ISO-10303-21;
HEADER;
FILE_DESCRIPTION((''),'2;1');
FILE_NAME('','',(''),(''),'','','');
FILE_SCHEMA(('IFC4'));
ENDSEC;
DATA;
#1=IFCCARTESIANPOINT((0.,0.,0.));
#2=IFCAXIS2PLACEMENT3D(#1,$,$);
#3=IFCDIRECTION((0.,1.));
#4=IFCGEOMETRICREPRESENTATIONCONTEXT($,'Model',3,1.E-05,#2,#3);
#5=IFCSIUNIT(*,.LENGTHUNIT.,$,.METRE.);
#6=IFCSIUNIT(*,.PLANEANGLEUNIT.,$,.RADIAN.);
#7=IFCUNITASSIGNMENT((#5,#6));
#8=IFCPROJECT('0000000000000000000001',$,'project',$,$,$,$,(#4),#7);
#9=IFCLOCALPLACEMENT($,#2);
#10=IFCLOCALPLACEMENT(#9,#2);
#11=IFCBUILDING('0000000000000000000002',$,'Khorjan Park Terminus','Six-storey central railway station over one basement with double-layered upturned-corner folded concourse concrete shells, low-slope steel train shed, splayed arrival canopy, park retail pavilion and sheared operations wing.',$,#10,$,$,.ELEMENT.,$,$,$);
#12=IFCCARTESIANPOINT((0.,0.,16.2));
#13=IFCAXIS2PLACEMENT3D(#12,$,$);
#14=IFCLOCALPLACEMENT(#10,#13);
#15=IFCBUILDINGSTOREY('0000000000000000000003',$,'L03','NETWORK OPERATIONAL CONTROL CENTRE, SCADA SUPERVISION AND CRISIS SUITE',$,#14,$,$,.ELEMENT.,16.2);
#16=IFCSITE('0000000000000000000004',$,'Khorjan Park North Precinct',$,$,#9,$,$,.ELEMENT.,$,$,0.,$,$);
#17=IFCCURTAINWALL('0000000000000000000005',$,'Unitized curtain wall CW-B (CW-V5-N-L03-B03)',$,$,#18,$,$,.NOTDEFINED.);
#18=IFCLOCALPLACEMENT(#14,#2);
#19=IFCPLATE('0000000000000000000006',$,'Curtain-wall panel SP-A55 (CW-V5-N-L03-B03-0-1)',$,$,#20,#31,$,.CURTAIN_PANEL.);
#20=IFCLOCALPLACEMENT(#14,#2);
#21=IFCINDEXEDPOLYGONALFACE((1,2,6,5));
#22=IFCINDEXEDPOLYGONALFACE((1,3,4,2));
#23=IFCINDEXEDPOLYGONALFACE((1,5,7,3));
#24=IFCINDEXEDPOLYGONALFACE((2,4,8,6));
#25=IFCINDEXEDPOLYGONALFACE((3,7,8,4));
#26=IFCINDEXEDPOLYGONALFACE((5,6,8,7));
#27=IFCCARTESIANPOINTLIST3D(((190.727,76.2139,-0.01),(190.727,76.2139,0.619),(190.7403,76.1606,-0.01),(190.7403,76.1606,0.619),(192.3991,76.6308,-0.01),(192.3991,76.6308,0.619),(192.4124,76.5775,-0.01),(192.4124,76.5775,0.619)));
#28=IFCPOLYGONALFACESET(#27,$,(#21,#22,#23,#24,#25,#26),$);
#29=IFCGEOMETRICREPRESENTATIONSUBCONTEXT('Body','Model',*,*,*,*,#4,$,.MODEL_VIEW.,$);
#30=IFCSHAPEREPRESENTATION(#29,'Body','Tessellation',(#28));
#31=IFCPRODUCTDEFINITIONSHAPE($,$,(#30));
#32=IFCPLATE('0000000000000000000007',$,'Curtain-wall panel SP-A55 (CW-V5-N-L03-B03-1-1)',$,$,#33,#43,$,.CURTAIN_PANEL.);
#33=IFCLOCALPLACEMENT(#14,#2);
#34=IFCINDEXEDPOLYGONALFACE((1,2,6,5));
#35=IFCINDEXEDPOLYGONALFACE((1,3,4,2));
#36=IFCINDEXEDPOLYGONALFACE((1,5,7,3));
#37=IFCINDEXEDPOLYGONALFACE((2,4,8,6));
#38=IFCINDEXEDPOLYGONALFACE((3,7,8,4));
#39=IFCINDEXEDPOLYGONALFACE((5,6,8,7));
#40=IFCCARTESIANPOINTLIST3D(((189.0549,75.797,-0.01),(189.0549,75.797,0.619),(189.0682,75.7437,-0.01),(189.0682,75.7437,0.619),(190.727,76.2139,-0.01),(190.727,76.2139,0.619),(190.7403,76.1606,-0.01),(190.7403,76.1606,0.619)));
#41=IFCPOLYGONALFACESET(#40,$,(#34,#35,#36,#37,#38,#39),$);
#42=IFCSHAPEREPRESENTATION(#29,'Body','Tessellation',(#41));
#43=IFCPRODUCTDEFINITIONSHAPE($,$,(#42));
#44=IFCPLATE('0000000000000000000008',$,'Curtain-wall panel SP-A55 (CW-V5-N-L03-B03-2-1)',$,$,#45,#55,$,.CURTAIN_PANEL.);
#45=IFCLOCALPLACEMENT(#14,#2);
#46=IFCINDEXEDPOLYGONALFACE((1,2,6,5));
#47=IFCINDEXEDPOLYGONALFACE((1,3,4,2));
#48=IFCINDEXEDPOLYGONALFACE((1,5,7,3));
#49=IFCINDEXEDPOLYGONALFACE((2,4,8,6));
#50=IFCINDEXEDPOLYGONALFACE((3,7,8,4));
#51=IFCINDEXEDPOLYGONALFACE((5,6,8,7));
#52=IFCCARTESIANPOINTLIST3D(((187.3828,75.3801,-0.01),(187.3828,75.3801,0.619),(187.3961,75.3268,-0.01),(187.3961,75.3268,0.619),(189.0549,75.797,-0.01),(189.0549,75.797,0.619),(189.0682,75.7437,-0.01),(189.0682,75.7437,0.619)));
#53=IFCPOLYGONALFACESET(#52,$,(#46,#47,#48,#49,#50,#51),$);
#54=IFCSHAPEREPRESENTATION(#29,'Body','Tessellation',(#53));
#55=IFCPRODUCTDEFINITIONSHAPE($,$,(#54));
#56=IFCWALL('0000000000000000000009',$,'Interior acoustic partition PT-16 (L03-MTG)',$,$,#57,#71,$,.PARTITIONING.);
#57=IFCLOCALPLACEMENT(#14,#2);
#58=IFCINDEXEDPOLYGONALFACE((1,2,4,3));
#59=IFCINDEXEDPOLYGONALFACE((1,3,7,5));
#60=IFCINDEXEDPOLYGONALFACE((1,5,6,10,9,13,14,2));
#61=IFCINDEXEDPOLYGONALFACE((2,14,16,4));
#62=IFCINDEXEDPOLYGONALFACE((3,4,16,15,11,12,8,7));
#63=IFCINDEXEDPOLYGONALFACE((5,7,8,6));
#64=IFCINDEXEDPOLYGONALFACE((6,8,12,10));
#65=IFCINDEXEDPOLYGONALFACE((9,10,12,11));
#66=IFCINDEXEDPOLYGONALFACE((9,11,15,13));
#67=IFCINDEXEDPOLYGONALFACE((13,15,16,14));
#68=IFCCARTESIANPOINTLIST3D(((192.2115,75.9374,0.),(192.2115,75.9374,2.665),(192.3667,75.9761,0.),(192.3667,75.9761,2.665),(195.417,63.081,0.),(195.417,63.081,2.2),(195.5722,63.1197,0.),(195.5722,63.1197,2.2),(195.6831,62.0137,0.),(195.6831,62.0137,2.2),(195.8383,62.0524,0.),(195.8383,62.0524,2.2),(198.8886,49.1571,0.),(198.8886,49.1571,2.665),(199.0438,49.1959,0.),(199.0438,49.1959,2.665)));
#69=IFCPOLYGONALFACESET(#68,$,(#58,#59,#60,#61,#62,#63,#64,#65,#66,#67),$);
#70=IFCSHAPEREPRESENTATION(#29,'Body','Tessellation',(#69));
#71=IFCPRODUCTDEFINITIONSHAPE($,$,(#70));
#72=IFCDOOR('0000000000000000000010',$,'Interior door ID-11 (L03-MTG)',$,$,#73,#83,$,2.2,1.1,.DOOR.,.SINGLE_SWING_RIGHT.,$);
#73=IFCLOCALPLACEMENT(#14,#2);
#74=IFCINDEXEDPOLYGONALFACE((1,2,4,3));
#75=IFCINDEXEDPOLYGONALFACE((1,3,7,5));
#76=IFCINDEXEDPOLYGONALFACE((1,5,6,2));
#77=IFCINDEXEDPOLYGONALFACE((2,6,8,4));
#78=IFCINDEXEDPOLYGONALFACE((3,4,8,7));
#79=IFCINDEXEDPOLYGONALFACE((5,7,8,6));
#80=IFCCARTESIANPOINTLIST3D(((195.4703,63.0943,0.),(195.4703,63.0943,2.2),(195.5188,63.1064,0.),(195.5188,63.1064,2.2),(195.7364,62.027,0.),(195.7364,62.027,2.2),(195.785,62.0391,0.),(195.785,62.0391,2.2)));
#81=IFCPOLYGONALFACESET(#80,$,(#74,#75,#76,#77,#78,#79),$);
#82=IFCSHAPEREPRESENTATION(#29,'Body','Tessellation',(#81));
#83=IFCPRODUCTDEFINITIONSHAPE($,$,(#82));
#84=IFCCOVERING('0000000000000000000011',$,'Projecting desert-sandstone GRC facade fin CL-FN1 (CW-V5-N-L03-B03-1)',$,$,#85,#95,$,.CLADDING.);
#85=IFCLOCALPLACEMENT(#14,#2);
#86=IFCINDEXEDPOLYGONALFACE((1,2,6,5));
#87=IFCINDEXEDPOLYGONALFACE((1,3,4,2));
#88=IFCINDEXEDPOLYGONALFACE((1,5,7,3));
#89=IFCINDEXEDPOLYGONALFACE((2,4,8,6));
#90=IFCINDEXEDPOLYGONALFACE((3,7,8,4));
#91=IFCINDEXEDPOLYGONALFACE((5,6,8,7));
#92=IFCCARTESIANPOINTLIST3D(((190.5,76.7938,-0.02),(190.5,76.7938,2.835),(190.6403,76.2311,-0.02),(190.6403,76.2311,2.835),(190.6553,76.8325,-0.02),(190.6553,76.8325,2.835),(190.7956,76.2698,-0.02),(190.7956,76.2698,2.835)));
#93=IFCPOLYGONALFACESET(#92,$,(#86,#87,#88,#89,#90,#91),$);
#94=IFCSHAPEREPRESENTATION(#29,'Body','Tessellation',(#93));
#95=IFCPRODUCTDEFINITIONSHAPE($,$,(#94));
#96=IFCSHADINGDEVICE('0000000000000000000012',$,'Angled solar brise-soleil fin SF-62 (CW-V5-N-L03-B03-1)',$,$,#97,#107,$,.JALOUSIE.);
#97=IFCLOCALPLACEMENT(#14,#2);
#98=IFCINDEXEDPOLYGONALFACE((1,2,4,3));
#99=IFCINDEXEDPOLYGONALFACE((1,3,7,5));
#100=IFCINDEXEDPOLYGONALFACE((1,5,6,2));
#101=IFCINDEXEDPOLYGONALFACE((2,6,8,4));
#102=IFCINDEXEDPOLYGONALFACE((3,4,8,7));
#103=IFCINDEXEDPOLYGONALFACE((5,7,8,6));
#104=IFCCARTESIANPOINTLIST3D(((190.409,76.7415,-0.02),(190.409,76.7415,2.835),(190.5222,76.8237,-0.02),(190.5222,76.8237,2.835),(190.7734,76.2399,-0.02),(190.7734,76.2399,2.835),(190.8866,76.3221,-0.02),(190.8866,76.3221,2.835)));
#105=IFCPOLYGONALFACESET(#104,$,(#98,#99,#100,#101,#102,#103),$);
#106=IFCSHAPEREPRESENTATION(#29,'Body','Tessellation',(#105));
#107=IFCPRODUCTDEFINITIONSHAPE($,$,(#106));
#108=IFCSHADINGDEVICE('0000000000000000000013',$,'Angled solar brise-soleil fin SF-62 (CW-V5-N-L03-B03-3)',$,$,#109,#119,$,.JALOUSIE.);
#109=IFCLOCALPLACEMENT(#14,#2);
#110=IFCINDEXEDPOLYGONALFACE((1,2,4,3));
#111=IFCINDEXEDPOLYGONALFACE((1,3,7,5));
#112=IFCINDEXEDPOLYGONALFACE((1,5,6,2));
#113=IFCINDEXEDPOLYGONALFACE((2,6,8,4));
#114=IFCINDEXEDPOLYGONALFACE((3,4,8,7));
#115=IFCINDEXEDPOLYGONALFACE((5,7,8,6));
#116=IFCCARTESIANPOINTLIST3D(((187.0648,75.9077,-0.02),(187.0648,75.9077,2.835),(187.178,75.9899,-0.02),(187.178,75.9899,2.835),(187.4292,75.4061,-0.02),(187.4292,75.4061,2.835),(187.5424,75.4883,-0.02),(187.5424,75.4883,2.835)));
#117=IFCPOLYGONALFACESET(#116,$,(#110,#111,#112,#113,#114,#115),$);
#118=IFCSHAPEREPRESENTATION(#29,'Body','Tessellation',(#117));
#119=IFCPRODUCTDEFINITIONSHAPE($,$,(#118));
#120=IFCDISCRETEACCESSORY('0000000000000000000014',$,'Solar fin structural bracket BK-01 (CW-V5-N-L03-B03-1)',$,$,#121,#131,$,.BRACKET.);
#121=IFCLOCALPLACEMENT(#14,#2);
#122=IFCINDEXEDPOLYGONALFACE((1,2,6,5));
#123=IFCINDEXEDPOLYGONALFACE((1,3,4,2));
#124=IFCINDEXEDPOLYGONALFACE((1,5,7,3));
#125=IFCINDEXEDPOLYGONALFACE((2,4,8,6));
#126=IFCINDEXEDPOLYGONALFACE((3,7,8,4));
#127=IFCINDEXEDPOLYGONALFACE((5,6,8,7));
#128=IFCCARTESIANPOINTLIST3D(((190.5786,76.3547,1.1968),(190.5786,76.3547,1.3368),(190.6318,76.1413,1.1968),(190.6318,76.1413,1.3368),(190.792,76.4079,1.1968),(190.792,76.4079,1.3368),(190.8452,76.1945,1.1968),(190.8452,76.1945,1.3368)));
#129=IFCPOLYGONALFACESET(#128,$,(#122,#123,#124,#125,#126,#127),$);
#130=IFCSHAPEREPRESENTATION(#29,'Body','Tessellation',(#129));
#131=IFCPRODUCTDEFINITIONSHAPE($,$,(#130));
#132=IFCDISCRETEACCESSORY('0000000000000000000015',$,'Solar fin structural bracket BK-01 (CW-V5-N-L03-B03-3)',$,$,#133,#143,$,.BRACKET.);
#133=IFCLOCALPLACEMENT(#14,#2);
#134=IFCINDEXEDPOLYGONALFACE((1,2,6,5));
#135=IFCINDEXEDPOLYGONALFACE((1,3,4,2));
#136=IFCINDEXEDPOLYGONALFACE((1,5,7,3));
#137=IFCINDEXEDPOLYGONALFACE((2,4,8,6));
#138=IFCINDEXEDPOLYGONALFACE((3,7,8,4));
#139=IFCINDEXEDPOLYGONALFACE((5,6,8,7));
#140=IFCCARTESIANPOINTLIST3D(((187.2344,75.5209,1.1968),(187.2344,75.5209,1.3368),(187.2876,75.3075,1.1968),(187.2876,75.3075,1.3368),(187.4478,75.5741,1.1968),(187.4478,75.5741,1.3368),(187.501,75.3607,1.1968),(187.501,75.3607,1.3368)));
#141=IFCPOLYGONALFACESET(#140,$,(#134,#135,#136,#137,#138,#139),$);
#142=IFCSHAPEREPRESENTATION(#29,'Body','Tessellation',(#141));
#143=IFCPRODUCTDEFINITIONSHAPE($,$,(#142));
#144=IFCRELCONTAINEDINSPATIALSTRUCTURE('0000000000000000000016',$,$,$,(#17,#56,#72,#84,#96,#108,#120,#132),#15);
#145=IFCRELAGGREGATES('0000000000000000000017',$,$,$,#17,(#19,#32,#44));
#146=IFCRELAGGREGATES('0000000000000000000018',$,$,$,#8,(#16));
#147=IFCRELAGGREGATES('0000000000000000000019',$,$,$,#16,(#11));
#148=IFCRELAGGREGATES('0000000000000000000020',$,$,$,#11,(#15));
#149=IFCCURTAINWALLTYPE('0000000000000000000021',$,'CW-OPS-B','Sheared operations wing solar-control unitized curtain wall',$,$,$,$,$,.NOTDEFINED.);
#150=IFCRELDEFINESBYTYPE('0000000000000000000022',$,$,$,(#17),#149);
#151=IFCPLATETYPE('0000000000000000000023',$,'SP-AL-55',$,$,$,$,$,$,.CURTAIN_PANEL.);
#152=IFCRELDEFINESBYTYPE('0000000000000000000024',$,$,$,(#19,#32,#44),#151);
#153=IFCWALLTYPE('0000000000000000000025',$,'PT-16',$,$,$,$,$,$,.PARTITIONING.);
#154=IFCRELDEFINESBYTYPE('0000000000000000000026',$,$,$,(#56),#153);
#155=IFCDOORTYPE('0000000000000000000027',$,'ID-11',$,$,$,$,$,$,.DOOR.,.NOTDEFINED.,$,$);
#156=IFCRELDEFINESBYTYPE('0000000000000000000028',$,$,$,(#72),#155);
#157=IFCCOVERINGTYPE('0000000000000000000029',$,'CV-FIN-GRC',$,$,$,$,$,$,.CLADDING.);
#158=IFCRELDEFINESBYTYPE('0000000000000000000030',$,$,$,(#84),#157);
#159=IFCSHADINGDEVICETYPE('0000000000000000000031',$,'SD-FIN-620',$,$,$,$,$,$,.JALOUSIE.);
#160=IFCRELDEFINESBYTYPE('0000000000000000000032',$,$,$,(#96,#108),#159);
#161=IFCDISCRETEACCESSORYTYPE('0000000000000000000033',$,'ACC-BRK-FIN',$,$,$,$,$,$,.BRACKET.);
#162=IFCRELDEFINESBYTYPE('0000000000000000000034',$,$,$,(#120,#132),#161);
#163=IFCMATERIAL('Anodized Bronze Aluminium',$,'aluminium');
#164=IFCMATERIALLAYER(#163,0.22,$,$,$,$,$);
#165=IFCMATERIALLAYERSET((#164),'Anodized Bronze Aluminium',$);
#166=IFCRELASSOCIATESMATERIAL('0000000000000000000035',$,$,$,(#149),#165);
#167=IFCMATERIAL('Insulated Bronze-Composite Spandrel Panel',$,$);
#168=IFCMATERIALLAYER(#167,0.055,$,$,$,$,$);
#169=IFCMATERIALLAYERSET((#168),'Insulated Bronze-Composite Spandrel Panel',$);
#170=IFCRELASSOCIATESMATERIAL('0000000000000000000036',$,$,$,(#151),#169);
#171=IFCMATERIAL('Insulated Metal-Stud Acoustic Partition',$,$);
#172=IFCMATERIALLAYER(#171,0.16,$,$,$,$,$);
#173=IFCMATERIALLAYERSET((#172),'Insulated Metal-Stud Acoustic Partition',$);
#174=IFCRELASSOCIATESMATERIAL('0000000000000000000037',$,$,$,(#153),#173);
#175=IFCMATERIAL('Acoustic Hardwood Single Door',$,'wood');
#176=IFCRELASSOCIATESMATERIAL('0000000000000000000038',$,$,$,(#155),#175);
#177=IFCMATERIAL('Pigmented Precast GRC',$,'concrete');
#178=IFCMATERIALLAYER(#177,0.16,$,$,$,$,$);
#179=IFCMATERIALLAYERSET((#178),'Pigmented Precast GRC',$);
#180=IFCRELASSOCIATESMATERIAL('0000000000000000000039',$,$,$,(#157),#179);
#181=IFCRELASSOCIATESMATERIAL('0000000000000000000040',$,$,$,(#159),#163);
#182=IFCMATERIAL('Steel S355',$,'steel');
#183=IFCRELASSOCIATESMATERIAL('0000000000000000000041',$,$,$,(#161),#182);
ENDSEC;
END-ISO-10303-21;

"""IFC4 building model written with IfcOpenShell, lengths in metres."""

from ifc_helpers import new_model, si_unit, direction, frame, frame_2d, origin, origin_2d, place, context, subcontext, project, spatial, rectangle, extrude, material, layer, layer_set, type_object, element, fill, aggregate, save


model = new_model("IFC4")

# Units and contexts
model_context = context("Model", 3, precision=1e-05, world=origin(), true_north=direction((0.0, 1.0)))
body_context = subcontext(model_context, "Body", "Model", "MODEL_VIEW")
ifc_project = project(units=[si_unit("LENGTHUNIT", "METRE"), si_unit("PLANEANGLEUNIT", "RADIAN")], contexts=[model_context])

# Site, building, storey
site_placement = place(None, origin())
site = spatial("IfcSite", under=ifc_project, at=site_placement, Name="Khorjan Park North Precinct", CompositionType="ELEMENT", RefElevation=0.0)
building_placement = place(site_placement, origin())
building = spatial("IfcBuilding", under=site, at=building_placement, Name="Khorjan Park Terminus", Description="Six-storey central railway station over one basement with double-layered upturned-corner folded concourse concrete shells, low-slope steel train shed, splayed arrival canopy, park retail pavilion and sheared operations wing.", CompositionType="ELEMENT")
storey_placement = place(building_placement, frame((0.0, 0.0, 16.2)))
storey = spatial("IfcBuildingStorey", under=building, at=storey_placement, Name="L03", Description="NETWORK OPERATIONAL CONTROL CENTRE, SCADA SUPERVISION AND CRISIS SUITE", CompositionType="ELEMENT", Elevation=16.2)

# Curtain wall, plates
ifc_material_1 = material(Name="Anodized Bronze Aluminium", Category="aluminium")
ifc_layer_1 = layer(ifc_material_1, 0.22)
ifc_layer_set_1 = layer_set([ifc_layer_1], Name="Anodized Bronze Aluminium")
curtain_wall_type = type_object("IfcCurtainWallType", Name="CW-OPS-B", Description="Sheared operations wing solar-control unitized curtain wall", PredefinedType="NOTDEFINED", material=ifc_layer_set_1)
curtain_wall_placement = place(storey_placement, origin())
curtain_wall = element("IfcCurtainWall", 1, at=curtain_wall_placement, inside=storey, type_object=curtain_wall_type, Name="Unitized curtain wall CW-B (CW-V5-N-L03-B03)", PredefinedType="NOTDEFINED")
ifc_material_2 = material(Name="Insulated Bronze-Composite Spandrel Panel")
ifc_layer_2 = layer(ifc_material_2, 0.055)
ifc_layer_set_2 = layer_set([ifc_layer_2], Name="Insulated Bronze-Composite Spandrel Panel")
plate_type_1 = type_object("IfcPlateType", Name="SP-AL-55", PredefinedType="CURTAIN_PANEL", material=ifc_layer_set_2)
plate_1_placement = place(storey_placement, frame((191.5697, 76.3957, -0.01), z_axis=(0.0, 0.0, 1.0), x_axis=(-0.970296, -0.241921, 0.0)))
plate_1 = element("IfcPlate", 2, at=plate_1_placement, type_object=plate_type_1, Name="Curtain-wall panel SP-A55 (CW-V5-N-L03-B03-0-1)", PredefinedType="CURTAIN_PANEL", context=body_context, shape_type="SweptSolid", body=[
    extrude(rectangle(XDim=1.7233, YDim=0.055, at=origin_2d()), origin(), (0.0, 0.0, 1.0), 0.629),
])
plate_2_placement = place(storey_placement, frame((189.8976, 75.9788, -0.01), z_axis=(0.0, 0.0, 1.0), x_axis=(-0.970296, -0.241921, 0.0)))
plate_2 = element("IfcPlate", 3, at=plate_2_placement, type_object=plate_type_1, Name="Curtain-wall panel SP-A55 (CW-V5-N-L03-B03-1-1)", PredefinedType="CURTAIN_PANEL", context=body_context, shape_type="SweptSolid", body=[
    extrude(rectangle(XDim=1.7233, YDim=0.055, at=origin_2d()), origin(), (0.0, 0.0, 1.0), 0.629),
])
plate_3_placement = place(storey_placement, frame((188.2255, 75.5619, -0.01), z_axis=(0.0, 0.0, 1.0), x_axis=(-0.970296, -0.241921, 0.0)))
plate_3 = element("IfcPlate", 4, at=plate_3_placement, type_object=plate_type_1, Name="Curtain-wall panel SP-A55 (CW-V5-N-L03-B03-2-1)", PredefinedType="CURTAIN_PANEL", context=body_context, shape_type="SweptSolid", body=[
    extrude(rectangle(XDim=1.7233, YDim=0.055, at=origin_2d()), origin(), (0.0, 0.0, 1.0), 0.629),
])
aggregate(curtain_wall, [plate_1, plate_2, plate_3])

# Wall, opening, door
ifc_material_3 = material(Name="Insulated Metal-Stud Acoustic Partition")
ifc_layer_3 = layer(ifc_material_3, 0.16)
ifc_layer_set_3 = layer_set([ifc_layer_3], Name="Insulated Metal-Stud Acoustic Partition")
wall_type = type_object("IfcWallType", Name="PT-16", PredefinedType="PARTITIONING", material=ifc_layer_set_3)
wall_placement = place(storey_placement, frame((192.2891, 75.9568, 0.0), z_axis=(0.0, 0.0, 1.0), x_axis=(0.241923, -0.970295, 0.0)))
wall = element("IfcWall", 5, at=wall_placement, inside=storey, type_object=wall_type, Name="Interior acoustic partition PT-16 (L03-MTG)", PredefinedType="PARTITIONING", context=body_context, shape_type="SweptSolid", body=[
    extrude(rectangle(XDim=27.6001, YDim=0.16, at=frame_2d((13.8001, 0.0))), origin(), (0.0, 0.0, 1.0), 2.665),
])
opening_placement = place(wall_placement, frame((13.25, 0.0, 0.0)))
opening = element("IfcOpeningElement", 6, at=opening_placement, cuts=wall, PredefinedType="OPENING", context=body_context, shape_type="SweptSolid", body=[
    extrude(rectangle(XDim=1.1, YDim=2.2, at=frame_2d((0.55, 1.1))), frame((0.0, 0.09, 0.0), z_axis=(0.0, -1.0, 0.0), x_axis=(1.0, 0.0, 0.0)), (0.0, 0.0, 1.0), 0.18),
])
ifc_material_4 = material(Name="Acoustic Hardwood Single Door", Category="wood")
door_type = type_object("IfcDoorType", Name="ID-11", OperationType="NOTDEFINED", PredefinedType="DOOR", material=ifc_material_4)
door_placement = place(opening_placement, origin())
door = element("IfcDoor", 7, at=door_placement, inside=storey, type_object=door_type, Name="Interior door ID-11 (L03-MTG)", OperationType="SINGLE_SWING_RIGHT", OverallHeight=2.2, OverallWidth=1.1, PredefinedType="DOOR", context=body_context, shape_type="SweptSolid", body=[
    extrude(rectangle(XDim=1.1, YDim=2.2, at=frame_2d((0.55, 1.1))), frame((0.0, 0.025, 0.0), z_axis=(0.0, -1.0, 0.0), x_axis=(1.0, 0.0, 0.0)), (0.0, 0.0, 1.0), 0.05),
])
fill(opening, door)

# Covering
ifc_material_5 = material(Name="Pigmented Precast GRC", Category="concrete")
ifc_layer_4 = layer(ifc_material_5, 0.16)
ifc_layer_set_4 = layer_set([ifc_layer_4], Name="Pigmented Precast GRC")
covering_type = type_object("IfcCoveringType", Name="CV-FIN-GRC", PredefinedType="CLADDING", material=ifc_layer_set_4)
covering_placement = place(storey_placement, frame((190.6478, 76.5318, -0.02), z_axis=(0.0, 0.0, 1.0), x_axis=(0.241922, -0.970296, 0.0)))
element("IfcCovering", 8, at=covering_placement, inside=storey, type_object=covering_type, Name="Projecting desert-sandstone GRC facade fin CL-FN1 (CW-V5-N-L03-B03-1)", PredefinedType="CLADDING", context=body_context, shape_type="SweptSolid", body=[
    extrude(rectangle(XDim=0.58, YDim=0.16, at=origin_2d()), origin(), (0.0, 0.0, 1.0), 2.855),
])

# Shading devices
shading_device_type = type_object("IfcShadingDeviceType", Name="SD-FIN-620", PredefinedType="JALOUSIE", material=ifc_material_1)
for number, where, z_axis, x_axis, name in (
    (9, (190.6478, 76.5318, -0.02), (0.0, 0.0, 1.0), (0.587785, -0.809017, 0.0), "Angled solar brise-soleil fin SF-62 (CW-V5-N-L03-B03-1)"),
    (10, (187.3036, 75.698, -0.02), (0.0, 0.0, 1.0), (0.587785, -0.809017, 0.0), "Angled solar brise-soleil fin SF-62 (CW-V5-N-L03-B03-3)"),
):
    element("IfcShadingDevice", number, at=place(storey_placement, frame(where, z_axis=z_axis, x_axis=x_axis)), inside=storey, type_object=shading_device_type, Name=name, PredefinedType="JALOUSIE", context=body_context, shape_type="SweptSolid", body=[
        extrude(rectangle(XDim=0.62, YDim=0.14, at=origin_2d()), origin(), (0.0, 0.0, 1.0), 2.855),
    ])

# Discrete accessories
ifc_material_6 = material(Name="Steel S355", Category="steel")
discrete_accessory_type = type_object("IfcDiscreteAccessoryType", Name="ACC-BRK-FIN", PredefinedType="BRACKET", material=ifc_material_6)
for number, where, z_axis, x_axis, name in (
    (11, (190.7119, 76.2746, 1.1968), (0.0, 0.0, 1.0), (-0.970296, -0.241921, 0.0), "Solar fin structural bracket BK-01 (CW-V5-N-L03-B03-1)"),
    (12, (187.3677, 75.4408, 1.1968), (0.0, 0.0, 1.0), (-0.970296, -0.241921, 0.0), "Solar fin structural bracket BK-01 (CW-V5-N-L03-B03-3)"),
):
    element("IfcDiscreteAccessory", number, at=place(storey_placement, frame(where, z_axis=z_axis, x_axis=x_axis)), inside=storey, type_object=discrete_accessory_type, Name=name, PredefinedType="BRACKET", context=body_context, shape_type="SweptSolid", body=[
        extrude(rectangle(XDim=0.22, YDim=0.22, at=origin_2d()), origin(), (0.0, 0.0, 1.0), 0.14),
    ])

save(model, "model.ifc")
